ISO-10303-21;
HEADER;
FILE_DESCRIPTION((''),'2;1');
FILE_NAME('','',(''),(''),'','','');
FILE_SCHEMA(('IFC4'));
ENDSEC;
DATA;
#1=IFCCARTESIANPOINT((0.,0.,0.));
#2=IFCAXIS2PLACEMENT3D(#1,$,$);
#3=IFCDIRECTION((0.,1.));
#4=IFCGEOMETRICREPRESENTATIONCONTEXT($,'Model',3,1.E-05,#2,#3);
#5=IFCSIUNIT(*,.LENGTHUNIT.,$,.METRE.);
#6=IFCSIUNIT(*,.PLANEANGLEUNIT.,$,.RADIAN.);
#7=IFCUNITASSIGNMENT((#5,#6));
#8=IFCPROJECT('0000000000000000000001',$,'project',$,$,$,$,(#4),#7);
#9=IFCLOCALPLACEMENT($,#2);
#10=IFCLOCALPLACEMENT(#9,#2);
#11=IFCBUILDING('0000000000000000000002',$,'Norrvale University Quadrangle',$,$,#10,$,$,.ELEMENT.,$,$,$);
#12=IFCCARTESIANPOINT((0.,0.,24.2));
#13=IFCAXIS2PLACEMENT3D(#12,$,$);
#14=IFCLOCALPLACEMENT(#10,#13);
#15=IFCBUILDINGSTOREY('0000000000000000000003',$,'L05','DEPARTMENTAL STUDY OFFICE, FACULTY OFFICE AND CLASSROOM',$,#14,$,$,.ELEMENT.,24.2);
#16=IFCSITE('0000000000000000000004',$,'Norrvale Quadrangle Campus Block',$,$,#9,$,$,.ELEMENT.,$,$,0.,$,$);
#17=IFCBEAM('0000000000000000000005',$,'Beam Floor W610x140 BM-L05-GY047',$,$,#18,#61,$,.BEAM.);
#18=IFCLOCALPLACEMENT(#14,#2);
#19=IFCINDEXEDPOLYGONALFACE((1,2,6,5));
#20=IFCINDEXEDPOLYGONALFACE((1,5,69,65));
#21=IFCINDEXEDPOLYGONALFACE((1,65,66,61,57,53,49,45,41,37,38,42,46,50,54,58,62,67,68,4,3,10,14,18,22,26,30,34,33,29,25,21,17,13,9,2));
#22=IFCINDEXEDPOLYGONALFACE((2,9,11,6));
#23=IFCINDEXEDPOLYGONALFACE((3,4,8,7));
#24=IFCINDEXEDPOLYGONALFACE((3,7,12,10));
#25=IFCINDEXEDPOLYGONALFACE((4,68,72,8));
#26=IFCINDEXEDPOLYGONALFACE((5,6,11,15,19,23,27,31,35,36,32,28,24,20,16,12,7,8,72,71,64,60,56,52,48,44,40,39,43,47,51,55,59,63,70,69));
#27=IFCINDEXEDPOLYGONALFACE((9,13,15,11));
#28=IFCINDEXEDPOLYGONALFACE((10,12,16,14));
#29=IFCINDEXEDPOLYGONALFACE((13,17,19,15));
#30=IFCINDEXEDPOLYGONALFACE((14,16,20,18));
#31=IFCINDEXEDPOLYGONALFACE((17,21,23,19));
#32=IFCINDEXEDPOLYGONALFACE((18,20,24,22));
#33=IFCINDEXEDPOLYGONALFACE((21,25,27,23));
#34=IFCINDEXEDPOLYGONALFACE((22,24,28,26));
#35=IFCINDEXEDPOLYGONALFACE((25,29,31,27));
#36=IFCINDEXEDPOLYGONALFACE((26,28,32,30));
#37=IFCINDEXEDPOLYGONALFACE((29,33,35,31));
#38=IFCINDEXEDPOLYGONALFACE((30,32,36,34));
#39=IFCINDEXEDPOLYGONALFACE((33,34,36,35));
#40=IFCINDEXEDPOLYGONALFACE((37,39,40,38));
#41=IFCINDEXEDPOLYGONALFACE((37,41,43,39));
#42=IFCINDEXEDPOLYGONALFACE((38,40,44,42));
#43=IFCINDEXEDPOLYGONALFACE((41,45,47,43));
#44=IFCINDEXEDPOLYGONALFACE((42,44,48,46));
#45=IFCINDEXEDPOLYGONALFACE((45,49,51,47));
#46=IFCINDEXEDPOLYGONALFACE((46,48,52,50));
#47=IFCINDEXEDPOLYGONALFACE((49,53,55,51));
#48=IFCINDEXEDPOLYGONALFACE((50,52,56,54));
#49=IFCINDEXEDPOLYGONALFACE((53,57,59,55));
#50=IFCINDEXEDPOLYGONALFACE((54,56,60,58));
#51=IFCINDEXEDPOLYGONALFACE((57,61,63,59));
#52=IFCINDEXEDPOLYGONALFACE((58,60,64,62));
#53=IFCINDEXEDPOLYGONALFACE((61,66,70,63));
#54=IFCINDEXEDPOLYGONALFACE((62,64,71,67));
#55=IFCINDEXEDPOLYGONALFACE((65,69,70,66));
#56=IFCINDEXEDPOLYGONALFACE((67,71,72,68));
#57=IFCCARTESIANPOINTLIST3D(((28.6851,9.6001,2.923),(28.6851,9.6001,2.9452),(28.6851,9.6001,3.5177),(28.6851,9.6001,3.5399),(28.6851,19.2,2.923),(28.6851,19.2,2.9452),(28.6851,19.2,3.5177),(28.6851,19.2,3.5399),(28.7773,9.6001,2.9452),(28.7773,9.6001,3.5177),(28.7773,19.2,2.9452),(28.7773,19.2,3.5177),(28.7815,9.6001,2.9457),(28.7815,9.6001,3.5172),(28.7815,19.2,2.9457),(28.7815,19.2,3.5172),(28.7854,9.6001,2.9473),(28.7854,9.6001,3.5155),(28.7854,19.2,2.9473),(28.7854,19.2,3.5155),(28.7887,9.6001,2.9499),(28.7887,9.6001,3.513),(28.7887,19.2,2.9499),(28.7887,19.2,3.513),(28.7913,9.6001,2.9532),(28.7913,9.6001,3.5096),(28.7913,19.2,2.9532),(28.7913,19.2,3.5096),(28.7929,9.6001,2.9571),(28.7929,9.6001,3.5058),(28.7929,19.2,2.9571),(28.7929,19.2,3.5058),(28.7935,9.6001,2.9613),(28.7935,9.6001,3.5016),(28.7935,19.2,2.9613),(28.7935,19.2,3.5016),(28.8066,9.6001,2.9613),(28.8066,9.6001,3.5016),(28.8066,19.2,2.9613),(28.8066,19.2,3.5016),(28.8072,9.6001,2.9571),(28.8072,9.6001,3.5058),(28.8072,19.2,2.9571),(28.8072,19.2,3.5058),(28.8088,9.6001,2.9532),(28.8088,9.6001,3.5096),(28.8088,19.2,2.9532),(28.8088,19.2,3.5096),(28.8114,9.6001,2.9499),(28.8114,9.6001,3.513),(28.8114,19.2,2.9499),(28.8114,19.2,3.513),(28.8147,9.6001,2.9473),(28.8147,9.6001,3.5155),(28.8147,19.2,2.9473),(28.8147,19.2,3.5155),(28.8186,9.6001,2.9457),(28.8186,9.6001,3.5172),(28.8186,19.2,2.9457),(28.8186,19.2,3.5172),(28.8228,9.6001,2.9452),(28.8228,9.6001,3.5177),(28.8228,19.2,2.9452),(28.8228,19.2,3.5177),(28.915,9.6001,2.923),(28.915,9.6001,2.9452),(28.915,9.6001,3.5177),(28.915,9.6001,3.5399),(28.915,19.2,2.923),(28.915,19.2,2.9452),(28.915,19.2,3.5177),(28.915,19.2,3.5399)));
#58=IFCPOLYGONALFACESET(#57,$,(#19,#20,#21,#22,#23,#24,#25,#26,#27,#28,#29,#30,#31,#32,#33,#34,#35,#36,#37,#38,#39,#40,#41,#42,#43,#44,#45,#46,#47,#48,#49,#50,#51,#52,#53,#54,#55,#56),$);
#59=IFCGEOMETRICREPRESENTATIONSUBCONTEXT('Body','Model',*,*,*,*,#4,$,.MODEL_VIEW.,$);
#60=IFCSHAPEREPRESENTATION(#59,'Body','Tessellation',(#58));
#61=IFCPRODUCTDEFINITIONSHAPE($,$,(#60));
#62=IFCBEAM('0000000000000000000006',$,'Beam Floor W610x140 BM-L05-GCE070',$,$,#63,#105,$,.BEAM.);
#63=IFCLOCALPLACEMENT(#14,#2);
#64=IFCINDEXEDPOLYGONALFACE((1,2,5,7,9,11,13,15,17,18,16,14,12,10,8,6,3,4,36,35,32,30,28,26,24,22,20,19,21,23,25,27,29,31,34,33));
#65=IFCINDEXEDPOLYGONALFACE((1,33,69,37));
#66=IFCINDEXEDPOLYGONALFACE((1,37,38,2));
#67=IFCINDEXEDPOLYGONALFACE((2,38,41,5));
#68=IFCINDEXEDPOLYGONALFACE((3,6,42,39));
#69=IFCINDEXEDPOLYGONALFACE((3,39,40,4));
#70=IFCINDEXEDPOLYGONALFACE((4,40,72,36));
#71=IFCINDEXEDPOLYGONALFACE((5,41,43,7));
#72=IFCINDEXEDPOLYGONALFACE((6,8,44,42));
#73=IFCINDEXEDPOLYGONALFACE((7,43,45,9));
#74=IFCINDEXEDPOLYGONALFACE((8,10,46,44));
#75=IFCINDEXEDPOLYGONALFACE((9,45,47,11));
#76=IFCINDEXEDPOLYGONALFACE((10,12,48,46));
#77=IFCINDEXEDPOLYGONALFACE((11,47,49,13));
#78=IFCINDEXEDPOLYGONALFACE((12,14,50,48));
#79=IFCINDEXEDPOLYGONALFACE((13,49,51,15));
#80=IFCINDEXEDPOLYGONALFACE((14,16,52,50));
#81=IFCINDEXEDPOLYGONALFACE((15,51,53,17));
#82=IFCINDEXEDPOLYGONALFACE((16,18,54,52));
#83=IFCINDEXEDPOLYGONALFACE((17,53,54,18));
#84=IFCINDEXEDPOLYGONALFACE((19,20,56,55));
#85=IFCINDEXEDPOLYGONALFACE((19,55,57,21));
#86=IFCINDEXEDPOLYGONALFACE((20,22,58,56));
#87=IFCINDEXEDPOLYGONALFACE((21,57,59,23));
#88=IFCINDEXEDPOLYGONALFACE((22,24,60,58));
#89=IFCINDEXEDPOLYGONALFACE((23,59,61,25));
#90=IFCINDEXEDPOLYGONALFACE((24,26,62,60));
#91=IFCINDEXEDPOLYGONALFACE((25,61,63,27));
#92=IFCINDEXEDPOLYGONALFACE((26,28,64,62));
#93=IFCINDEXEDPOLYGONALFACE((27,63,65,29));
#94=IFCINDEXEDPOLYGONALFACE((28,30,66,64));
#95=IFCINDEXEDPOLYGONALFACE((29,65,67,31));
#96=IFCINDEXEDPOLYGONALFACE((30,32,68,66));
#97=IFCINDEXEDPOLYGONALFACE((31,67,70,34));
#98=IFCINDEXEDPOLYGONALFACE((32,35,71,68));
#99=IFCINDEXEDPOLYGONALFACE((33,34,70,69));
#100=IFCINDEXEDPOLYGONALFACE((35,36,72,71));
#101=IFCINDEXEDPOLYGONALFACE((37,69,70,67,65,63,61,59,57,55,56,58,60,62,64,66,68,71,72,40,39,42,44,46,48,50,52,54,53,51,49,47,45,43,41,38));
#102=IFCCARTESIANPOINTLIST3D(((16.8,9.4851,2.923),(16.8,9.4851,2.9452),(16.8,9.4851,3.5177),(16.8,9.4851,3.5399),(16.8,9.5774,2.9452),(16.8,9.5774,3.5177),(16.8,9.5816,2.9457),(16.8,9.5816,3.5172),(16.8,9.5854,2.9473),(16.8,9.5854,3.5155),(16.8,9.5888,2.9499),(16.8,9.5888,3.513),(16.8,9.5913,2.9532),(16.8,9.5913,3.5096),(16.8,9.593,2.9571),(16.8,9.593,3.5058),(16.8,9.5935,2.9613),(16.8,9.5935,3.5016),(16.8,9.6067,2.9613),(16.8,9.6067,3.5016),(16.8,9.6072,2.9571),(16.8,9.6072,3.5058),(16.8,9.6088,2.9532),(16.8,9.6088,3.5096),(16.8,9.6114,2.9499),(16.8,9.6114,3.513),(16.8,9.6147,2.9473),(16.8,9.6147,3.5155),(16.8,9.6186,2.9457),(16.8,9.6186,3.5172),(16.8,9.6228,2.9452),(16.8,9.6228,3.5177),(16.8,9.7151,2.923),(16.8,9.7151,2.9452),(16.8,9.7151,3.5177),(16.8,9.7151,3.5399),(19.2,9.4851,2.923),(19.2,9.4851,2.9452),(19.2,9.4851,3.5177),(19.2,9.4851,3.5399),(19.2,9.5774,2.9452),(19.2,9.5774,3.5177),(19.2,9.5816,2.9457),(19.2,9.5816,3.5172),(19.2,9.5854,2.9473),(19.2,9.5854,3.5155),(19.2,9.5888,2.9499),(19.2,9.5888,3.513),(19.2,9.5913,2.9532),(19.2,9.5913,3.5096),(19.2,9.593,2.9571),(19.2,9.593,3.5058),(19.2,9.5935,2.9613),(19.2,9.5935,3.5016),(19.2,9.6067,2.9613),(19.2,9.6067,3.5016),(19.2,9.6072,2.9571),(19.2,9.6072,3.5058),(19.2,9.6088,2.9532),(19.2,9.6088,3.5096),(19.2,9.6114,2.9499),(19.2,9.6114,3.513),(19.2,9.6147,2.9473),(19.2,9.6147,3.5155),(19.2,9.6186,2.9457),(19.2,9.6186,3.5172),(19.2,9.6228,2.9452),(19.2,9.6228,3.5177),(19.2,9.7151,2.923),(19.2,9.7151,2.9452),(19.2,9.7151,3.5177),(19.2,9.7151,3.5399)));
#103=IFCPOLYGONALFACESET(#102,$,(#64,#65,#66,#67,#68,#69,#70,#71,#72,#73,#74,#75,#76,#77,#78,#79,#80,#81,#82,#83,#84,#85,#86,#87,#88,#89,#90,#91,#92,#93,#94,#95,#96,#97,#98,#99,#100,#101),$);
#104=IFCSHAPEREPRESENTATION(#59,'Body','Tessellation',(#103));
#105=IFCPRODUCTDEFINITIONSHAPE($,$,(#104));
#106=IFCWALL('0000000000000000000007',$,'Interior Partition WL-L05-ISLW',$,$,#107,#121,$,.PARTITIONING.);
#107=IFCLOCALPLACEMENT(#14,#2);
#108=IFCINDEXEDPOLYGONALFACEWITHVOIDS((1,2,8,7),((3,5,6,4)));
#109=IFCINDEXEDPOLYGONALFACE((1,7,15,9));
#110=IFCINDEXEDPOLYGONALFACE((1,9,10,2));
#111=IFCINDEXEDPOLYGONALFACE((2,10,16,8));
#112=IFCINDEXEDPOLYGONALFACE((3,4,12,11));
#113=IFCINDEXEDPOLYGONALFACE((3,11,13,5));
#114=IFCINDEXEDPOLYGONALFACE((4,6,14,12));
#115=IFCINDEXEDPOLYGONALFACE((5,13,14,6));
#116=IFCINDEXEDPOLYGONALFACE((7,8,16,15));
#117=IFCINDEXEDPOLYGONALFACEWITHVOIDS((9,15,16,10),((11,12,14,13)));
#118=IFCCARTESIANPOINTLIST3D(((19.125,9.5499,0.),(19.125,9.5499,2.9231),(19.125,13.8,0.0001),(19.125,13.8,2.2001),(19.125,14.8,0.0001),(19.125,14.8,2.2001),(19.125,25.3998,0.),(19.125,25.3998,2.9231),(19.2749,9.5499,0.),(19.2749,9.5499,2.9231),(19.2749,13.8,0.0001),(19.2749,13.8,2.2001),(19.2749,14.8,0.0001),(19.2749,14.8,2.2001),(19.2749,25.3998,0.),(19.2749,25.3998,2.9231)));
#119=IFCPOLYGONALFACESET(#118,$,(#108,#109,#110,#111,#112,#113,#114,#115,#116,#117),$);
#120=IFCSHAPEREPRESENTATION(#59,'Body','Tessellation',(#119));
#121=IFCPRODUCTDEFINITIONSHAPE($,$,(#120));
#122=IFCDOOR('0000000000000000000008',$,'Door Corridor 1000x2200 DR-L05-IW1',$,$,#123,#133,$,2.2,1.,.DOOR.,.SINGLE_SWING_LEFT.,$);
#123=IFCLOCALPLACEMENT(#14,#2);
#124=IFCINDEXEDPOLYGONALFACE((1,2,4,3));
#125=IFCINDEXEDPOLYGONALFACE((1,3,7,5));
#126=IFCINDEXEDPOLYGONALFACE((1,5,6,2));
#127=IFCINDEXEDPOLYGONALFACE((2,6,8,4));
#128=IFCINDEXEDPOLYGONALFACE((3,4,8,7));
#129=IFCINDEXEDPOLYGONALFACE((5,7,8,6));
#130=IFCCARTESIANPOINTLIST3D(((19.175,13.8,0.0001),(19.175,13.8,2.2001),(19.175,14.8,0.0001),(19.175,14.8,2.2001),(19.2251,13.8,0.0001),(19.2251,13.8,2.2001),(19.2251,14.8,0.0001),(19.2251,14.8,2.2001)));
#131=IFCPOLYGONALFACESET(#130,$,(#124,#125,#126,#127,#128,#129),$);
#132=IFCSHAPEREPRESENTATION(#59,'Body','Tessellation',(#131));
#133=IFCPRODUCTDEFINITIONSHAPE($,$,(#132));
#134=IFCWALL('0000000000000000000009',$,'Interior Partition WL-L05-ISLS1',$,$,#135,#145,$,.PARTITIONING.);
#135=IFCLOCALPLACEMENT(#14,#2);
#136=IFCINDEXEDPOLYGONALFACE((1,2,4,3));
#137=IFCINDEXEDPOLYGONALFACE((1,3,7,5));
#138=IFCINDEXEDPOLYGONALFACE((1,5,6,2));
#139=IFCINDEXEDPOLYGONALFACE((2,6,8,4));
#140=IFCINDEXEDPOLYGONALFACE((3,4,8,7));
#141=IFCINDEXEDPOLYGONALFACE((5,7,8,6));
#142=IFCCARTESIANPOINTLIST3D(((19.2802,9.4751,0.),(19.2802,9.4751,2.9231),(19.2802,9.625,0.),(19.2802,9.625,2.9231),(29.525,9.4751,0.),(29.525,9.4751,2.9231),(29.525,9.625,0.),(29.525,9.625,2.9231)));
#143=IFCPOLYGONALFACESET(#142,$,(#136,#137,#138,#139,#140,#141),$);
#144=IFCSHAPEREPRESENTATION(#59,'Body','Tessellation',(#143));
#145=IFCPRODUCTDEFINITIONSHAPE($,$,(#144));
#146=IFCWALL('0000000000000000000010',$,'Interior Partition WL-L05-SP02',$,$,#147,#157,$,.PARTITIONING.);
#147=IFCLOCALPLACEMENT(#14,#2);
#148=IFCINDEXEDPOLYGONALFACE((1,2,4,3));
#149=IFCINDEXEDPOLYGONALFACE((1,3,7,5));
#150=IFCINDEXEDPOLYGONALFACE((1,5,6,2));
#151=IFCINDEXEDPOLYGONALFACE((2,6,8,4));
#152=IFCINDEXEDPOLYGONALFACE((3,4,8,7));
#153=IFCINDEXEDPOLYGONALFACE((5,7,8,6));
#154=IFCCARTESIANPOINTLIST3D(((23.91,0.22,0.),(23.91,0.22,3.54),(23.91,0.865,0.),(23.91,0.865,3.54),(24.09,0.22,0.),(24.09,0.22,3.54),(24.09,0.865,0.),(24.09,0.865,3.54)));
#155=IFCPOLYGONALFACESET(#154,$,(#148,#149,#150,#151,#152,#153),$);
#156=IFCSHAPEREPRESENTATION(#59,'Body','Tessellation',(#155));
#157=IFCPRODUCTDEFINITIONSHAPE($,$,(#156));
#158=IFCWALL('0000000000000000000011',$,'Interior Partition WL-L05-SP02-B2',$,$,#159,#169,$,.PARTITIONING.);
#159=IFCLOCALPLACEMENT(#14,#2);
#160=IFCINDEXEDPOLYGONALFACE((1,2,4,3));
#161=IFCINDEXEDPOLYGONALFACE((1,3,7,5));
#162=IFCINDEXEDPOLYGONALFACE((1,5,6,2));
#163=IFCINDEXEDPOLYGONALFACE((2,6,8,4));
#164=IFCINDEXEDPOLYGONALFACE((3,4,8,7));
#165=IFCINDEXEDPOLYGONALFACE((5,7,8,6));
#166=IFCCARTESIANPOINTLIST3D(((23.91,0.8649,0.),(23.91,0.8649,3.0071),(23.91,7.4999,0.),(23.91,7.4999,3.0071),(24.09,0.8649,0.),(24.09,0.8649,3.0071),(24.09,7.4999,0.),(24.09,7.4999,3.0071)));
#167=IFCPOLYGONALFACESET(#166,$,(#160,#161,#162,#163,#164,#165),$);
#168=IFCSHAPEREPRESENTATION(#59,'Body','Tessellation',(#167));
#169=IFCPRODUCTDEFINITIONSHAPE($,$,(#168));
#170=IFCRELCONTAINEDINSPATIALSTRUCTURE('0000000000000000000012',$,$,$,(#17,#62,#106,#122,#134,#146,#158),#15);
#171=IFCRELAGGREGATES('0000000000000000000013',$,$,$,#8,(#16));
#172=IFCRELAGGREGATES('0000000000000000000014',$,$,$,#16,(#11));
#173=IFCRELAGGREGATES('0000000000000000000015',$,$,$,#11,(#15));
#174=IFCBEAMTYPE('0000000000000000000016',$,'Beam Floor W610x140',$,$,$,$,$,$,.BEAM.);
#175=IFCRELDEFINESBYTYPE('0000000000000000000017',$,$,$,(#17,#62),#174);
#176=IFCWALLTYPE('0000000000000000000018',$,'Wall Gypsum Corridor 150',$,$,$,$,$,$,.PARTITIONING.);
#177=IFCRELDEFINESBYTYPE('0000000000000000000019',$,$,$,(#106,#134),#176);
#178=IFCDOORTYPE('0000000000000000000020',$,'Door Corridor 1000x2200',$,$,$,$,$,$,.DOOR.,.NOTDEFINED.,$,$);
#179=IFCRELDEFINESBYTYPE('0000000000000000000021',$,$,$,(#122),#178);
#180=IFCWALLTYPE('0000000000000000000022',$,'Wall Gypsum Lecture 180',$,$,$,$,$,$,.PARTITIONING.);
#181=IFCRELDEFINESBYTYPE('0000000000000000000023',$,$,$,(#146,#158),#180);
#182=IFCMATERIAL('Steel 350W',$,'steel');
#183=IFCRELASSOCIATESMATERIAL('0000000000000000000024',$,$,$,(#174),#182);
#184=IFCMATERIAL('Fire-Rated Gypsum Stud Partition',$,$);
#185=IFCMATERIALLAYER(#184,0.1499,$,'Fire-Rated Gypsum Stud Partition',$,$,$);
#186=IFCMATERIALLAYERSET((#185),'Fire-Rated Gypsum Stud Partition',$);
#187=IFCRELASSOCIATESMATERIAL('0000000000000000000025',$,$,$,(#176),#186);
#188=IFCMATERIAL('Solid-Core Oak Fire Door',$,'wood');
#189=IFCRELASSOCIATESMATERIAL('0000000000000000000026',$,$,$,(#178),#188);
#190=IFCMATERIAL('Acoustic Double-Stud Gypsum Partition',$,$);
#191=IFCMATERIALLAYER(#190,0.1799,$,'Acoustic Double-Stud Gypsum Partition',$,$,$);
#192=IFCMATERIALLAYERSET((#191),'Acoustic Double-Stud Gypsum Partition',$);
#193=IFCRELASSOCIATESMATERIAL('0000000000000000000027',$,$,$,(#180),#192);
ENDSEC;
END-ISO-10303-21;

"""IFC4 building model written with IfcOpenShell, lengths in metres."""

from ifc_helpers import new_model, si_unit, direction, frame, frame_2d, origin, origin_2d, place, context, subcontext, project, spatial, rectangle, i_section, extrude, material, layer, layer_set, material_profile, profile_set, type_object, element, fill, save


model = new_model("IFC4")

# Units and contexts
model_context = context("Model", 3, precision=1e-05, world=origin(), true_north=direction((0.0, 1.0)))
body_context = subcontext(model_context, "Body", "Model", "MODEL_VIEW")
ifc_project = project(units=[si_unit("LENGTHUNIT", "METRE"), si_unit("PLANEANGLEUNIT", "RADIAN")], contexts=[model_context])

# Site, building, storey
site_placement = place(None, origin())
site = spatial("IfcSite", under=ifc_project, at=site_placement, Name="Norrvale Quadrangle Campus Block", CompositionType="ELEMENT", RefElevation=0.0)
building_placement = place(site_placement, origin())
building = spatial("IfcBuilding", under=site, at=building_placement, Name="Norrvale University Quadrangle", CompositionType="ELEMENT")
storey_placement = place(building_placement, frame((0.0, 0.0, 24.2)))
storey = spatial("IfcBuildingStorey", under=building, at=storey_placement, Name="L05", Description="DEPARTMENTAL STUDY OFFICE, FACULTY OFFICE AND CLASSROOM", CompositionType="ELEMENT", Elevation=24.2)

# Beams
ifc_material_1 = material(Name="Steel 350W", Category="steel")
ifc_material_profile_1 = material_profile(ifc_material_1, i_section(OverallWidth=0.23, OverallDepth=0.6169, WebThickness=0.0132, FlangeThickness=0.0222, FilletRadius=0.0161, at=origin_2d()), Name="Steel 350W")
ifc_profile_set_1 = profile_set([ifc_material_profile_1], Name="Steel 350W")
beam_type_1 = type_object("IfcBeamType", Name="Beam Floor W610x140", PredefinedType="BEAM", material=ifc_profile_set_1)
beam_1_placement = place(storey_placement, frame((28.8, 9.6001, 3.2314), z_axis=(0.0, 1.0, 0.0), x_axis=(-1.0, 0.0, 0.0)))
element("IfcBeam", 1, at=beam_1_placement, inside=storey, type_object=beam_type_1, Name="Beam Floor W610x140 BM-L05-GY047", PredefinedType="BEAM", context=body_context, shape_type="SweptSolid", body=[
    extrude(i_section(OverallWidth=0.23, OverallDepth=0.6169, WebThickness=0.0132, FlangeThickness=0.0222, FilletRadius=0.0161, at=origin_2d()), origin(), (0.0, 0.0, 1.0), 9.5999),
])
beam_2_placement = place(storey_placement, frame((16.8, 9.6001, 3.2314), z_axis=(1.0, 0.0, 0.0), x_axis=(0.0, 1.0, 0.0)))
element("IfcBeam", 2, at=beam_2_placement, inside=storey, type_object=beam_type_1, Name="Beam Floor W610x140 BM-L05-GCE070", PredefinedType="BEAM", context=body_context, shape_type="SweptSolid", body=[
    extrude(i_section(OverallWidth=0.23, OverallDepth=0.6169, WebThickness=0.0132, FlangeThickness=0.0222, FilletRadius=0.0161, at=origin_2d()), origin(), (0.0, 0.0, 1.0), 2.3999),
])

# Wall, opening, door
ifc_material_2 = material(Name="Fire-Rated Gypsum Stud Partition")
ifc_layer_1 = layer(ifc_material_2, 0.1499, Name="Fire-Rated Gypsum Stud Partition")
ifc_layer_set_1 = layer_set([ifc_layer_1], Name="Fire-Rated Gypsum Stud Partition")
wall_type_1 = type_object("IfcWallType", Name="Wall Gypsum Corridor 150", PredefinedType="PARTITIONING", material=ifc_layer_set_1)
wall_1_placement = place(storey_placement, frame((19.2, 9.55, 0.0), z_axis=(0.0, 0.0, 1.0), x_axis=(0.0, 1.0, 0.0)))
wall_1 = element("IfcWall", 3, at=wall_1_placement, inside=storey, type_object=wall_type_1, Name="Interior Partition WL-L05-ISLW", PredefinedType="PARTITIONING", context=body_context, shape_type="SweptSolid", body=[
    extrude(rectangle(XDim=15.8499, YDim=0.1499, at=frame_2d((7.9248, 0.0))), origin(), (0.0, 0.0, 1.0), 2.9231),
])
opening_placement = place(wall_1_placement, frame((4.25, 0.0, 0.0)))
opening = element("IfcOpeningElement", 4, at=opening_placement, cuts=wall_1, PredefinedType="OPENING", context=body_context, shape_type="SweptSolid", body=[
    extrude(rectangle(XDim=1.0, YDim=2.2, at=frame_2d((0.5, 1.1001))), frame((0.0, 0.0869, 0.0), z_axis=(0.0, -1.0, 0.0), x_axis=(1.0, 0.0, 0.0)), (0.0, 0.0, 1.0), 0.1738),
])
ifc_material_3 = material(Name="Solid-Core Oak Fire Door", Category="wood")
door_type = type_object("IfcDoorType", Name="Door Corridor 1000x2200", OperationType="NOTDEFINED", PredefinedType="DOOR", material=ifc_material_3)
door_placement = place(opening_placement, origin())
door = element("IfcDoor", 5, at=door_placement, inside=storey, type_object=door_type, Name="Door Corridor 1000x2200 DR-L05-IW1", OperationType="SINGLE_SWING_LEFT", OverallHeight=2.2, OverallWidth=1.0, PredefinedType="DOOR", context=body_context, shape_type="SweptSolid", body=[
    extrude(rectangle(XDim=1.0, YDim=2.2, at=frame_2d((0.5, 1.1001))), frame((0.0, 0.0249, 0.0), z_axis=(0.0, -1.0, 0.0), x_axis=(1.0, 0.0, 0.0)), (0.0, 0.0, 1.0), 0.05),
])
fill(opening, door)

# Walls
wall_2_placement = place(storey_placement, frame((19.28, 9.55, 0.0), z_axis=(0.0, 0.0, 1.0), x_axis=(1.0, 0.0, 0.0)))
element("IfcWall", 6, at=wall_2_placement, inside=storey, type_object=wall_type_1, Name="Interior Partition WL-L05-ISLS1", PredefinedType="PARTITIONING", context=body_context, shape_type="SweptSolid", body=[
    extrude(rectangle(XDim=10.2449, YDim=0.1499, at=frame_2d((5.1226, 0.0))), origin(), (0.0, 0.0, 1.0), 2.9231),
])
ifc_material_4 = material(Name="Acoustic Double-Stud Gypsum Partition")
ifc_layer_2 = layer(ifc_material_4, 0.1799, Name="Acoustic Double-Stud Gypsum Partition")
ifc_layer_set_2 = layer_set([ifc_layer_2], Name="Acoustic Double-Stud Gypsum Partition")
wall_type_2 = type_object("IfcWallType", Name="Wall Gypsum Lecture 180", PredefinedType="PARTITIONING", material=ifc_layer_set_2)
wall_3_placement = place(storey_placement, frame((24.0, 0.22, 0.0), z_axis=(0.0, 0.0, 1.0), x_axis=(0.0, 1.0, 0.0)))
element("IfcWall", 7, at=wall_3_placement, inside=storey, type_object=wall_type_2, Name="Interior Partition WL-L05-SP02", PredefinedType="PARTITIONING", context=body_context, shape_type="SweptSolid", body=[
    extrude(rectangle(XDim=0.645, YDim=0.1799, at=frame_2d((0.3225, 0.0))), origin(), (0.0, 0.0, 1.0), 3.54),
])
wall_4_placement = place(storey_placement, frame((24.0, 0.865, 0.0), z_axis=(0.0, 0.0, 1.0), x_axis=(0.0, 1.0, 0.0)))
element("IfcWall", 8, at=wall_4_placement, inside=storey, type_object=wall_type_2, Name="Interior Partition WL-L05-SP02-B2", PredefinedType="PARTITIONING", context=body_context, shape_type="SweptSolid", body=[
    extrude(rectangle(XDim=6.635, YDim=0.1799, at=frame_2d((3.3174, 0.0))), origin(), (0.0, 0.0, 1.0), 3.0071),
])

save(model, "model.ifc")
